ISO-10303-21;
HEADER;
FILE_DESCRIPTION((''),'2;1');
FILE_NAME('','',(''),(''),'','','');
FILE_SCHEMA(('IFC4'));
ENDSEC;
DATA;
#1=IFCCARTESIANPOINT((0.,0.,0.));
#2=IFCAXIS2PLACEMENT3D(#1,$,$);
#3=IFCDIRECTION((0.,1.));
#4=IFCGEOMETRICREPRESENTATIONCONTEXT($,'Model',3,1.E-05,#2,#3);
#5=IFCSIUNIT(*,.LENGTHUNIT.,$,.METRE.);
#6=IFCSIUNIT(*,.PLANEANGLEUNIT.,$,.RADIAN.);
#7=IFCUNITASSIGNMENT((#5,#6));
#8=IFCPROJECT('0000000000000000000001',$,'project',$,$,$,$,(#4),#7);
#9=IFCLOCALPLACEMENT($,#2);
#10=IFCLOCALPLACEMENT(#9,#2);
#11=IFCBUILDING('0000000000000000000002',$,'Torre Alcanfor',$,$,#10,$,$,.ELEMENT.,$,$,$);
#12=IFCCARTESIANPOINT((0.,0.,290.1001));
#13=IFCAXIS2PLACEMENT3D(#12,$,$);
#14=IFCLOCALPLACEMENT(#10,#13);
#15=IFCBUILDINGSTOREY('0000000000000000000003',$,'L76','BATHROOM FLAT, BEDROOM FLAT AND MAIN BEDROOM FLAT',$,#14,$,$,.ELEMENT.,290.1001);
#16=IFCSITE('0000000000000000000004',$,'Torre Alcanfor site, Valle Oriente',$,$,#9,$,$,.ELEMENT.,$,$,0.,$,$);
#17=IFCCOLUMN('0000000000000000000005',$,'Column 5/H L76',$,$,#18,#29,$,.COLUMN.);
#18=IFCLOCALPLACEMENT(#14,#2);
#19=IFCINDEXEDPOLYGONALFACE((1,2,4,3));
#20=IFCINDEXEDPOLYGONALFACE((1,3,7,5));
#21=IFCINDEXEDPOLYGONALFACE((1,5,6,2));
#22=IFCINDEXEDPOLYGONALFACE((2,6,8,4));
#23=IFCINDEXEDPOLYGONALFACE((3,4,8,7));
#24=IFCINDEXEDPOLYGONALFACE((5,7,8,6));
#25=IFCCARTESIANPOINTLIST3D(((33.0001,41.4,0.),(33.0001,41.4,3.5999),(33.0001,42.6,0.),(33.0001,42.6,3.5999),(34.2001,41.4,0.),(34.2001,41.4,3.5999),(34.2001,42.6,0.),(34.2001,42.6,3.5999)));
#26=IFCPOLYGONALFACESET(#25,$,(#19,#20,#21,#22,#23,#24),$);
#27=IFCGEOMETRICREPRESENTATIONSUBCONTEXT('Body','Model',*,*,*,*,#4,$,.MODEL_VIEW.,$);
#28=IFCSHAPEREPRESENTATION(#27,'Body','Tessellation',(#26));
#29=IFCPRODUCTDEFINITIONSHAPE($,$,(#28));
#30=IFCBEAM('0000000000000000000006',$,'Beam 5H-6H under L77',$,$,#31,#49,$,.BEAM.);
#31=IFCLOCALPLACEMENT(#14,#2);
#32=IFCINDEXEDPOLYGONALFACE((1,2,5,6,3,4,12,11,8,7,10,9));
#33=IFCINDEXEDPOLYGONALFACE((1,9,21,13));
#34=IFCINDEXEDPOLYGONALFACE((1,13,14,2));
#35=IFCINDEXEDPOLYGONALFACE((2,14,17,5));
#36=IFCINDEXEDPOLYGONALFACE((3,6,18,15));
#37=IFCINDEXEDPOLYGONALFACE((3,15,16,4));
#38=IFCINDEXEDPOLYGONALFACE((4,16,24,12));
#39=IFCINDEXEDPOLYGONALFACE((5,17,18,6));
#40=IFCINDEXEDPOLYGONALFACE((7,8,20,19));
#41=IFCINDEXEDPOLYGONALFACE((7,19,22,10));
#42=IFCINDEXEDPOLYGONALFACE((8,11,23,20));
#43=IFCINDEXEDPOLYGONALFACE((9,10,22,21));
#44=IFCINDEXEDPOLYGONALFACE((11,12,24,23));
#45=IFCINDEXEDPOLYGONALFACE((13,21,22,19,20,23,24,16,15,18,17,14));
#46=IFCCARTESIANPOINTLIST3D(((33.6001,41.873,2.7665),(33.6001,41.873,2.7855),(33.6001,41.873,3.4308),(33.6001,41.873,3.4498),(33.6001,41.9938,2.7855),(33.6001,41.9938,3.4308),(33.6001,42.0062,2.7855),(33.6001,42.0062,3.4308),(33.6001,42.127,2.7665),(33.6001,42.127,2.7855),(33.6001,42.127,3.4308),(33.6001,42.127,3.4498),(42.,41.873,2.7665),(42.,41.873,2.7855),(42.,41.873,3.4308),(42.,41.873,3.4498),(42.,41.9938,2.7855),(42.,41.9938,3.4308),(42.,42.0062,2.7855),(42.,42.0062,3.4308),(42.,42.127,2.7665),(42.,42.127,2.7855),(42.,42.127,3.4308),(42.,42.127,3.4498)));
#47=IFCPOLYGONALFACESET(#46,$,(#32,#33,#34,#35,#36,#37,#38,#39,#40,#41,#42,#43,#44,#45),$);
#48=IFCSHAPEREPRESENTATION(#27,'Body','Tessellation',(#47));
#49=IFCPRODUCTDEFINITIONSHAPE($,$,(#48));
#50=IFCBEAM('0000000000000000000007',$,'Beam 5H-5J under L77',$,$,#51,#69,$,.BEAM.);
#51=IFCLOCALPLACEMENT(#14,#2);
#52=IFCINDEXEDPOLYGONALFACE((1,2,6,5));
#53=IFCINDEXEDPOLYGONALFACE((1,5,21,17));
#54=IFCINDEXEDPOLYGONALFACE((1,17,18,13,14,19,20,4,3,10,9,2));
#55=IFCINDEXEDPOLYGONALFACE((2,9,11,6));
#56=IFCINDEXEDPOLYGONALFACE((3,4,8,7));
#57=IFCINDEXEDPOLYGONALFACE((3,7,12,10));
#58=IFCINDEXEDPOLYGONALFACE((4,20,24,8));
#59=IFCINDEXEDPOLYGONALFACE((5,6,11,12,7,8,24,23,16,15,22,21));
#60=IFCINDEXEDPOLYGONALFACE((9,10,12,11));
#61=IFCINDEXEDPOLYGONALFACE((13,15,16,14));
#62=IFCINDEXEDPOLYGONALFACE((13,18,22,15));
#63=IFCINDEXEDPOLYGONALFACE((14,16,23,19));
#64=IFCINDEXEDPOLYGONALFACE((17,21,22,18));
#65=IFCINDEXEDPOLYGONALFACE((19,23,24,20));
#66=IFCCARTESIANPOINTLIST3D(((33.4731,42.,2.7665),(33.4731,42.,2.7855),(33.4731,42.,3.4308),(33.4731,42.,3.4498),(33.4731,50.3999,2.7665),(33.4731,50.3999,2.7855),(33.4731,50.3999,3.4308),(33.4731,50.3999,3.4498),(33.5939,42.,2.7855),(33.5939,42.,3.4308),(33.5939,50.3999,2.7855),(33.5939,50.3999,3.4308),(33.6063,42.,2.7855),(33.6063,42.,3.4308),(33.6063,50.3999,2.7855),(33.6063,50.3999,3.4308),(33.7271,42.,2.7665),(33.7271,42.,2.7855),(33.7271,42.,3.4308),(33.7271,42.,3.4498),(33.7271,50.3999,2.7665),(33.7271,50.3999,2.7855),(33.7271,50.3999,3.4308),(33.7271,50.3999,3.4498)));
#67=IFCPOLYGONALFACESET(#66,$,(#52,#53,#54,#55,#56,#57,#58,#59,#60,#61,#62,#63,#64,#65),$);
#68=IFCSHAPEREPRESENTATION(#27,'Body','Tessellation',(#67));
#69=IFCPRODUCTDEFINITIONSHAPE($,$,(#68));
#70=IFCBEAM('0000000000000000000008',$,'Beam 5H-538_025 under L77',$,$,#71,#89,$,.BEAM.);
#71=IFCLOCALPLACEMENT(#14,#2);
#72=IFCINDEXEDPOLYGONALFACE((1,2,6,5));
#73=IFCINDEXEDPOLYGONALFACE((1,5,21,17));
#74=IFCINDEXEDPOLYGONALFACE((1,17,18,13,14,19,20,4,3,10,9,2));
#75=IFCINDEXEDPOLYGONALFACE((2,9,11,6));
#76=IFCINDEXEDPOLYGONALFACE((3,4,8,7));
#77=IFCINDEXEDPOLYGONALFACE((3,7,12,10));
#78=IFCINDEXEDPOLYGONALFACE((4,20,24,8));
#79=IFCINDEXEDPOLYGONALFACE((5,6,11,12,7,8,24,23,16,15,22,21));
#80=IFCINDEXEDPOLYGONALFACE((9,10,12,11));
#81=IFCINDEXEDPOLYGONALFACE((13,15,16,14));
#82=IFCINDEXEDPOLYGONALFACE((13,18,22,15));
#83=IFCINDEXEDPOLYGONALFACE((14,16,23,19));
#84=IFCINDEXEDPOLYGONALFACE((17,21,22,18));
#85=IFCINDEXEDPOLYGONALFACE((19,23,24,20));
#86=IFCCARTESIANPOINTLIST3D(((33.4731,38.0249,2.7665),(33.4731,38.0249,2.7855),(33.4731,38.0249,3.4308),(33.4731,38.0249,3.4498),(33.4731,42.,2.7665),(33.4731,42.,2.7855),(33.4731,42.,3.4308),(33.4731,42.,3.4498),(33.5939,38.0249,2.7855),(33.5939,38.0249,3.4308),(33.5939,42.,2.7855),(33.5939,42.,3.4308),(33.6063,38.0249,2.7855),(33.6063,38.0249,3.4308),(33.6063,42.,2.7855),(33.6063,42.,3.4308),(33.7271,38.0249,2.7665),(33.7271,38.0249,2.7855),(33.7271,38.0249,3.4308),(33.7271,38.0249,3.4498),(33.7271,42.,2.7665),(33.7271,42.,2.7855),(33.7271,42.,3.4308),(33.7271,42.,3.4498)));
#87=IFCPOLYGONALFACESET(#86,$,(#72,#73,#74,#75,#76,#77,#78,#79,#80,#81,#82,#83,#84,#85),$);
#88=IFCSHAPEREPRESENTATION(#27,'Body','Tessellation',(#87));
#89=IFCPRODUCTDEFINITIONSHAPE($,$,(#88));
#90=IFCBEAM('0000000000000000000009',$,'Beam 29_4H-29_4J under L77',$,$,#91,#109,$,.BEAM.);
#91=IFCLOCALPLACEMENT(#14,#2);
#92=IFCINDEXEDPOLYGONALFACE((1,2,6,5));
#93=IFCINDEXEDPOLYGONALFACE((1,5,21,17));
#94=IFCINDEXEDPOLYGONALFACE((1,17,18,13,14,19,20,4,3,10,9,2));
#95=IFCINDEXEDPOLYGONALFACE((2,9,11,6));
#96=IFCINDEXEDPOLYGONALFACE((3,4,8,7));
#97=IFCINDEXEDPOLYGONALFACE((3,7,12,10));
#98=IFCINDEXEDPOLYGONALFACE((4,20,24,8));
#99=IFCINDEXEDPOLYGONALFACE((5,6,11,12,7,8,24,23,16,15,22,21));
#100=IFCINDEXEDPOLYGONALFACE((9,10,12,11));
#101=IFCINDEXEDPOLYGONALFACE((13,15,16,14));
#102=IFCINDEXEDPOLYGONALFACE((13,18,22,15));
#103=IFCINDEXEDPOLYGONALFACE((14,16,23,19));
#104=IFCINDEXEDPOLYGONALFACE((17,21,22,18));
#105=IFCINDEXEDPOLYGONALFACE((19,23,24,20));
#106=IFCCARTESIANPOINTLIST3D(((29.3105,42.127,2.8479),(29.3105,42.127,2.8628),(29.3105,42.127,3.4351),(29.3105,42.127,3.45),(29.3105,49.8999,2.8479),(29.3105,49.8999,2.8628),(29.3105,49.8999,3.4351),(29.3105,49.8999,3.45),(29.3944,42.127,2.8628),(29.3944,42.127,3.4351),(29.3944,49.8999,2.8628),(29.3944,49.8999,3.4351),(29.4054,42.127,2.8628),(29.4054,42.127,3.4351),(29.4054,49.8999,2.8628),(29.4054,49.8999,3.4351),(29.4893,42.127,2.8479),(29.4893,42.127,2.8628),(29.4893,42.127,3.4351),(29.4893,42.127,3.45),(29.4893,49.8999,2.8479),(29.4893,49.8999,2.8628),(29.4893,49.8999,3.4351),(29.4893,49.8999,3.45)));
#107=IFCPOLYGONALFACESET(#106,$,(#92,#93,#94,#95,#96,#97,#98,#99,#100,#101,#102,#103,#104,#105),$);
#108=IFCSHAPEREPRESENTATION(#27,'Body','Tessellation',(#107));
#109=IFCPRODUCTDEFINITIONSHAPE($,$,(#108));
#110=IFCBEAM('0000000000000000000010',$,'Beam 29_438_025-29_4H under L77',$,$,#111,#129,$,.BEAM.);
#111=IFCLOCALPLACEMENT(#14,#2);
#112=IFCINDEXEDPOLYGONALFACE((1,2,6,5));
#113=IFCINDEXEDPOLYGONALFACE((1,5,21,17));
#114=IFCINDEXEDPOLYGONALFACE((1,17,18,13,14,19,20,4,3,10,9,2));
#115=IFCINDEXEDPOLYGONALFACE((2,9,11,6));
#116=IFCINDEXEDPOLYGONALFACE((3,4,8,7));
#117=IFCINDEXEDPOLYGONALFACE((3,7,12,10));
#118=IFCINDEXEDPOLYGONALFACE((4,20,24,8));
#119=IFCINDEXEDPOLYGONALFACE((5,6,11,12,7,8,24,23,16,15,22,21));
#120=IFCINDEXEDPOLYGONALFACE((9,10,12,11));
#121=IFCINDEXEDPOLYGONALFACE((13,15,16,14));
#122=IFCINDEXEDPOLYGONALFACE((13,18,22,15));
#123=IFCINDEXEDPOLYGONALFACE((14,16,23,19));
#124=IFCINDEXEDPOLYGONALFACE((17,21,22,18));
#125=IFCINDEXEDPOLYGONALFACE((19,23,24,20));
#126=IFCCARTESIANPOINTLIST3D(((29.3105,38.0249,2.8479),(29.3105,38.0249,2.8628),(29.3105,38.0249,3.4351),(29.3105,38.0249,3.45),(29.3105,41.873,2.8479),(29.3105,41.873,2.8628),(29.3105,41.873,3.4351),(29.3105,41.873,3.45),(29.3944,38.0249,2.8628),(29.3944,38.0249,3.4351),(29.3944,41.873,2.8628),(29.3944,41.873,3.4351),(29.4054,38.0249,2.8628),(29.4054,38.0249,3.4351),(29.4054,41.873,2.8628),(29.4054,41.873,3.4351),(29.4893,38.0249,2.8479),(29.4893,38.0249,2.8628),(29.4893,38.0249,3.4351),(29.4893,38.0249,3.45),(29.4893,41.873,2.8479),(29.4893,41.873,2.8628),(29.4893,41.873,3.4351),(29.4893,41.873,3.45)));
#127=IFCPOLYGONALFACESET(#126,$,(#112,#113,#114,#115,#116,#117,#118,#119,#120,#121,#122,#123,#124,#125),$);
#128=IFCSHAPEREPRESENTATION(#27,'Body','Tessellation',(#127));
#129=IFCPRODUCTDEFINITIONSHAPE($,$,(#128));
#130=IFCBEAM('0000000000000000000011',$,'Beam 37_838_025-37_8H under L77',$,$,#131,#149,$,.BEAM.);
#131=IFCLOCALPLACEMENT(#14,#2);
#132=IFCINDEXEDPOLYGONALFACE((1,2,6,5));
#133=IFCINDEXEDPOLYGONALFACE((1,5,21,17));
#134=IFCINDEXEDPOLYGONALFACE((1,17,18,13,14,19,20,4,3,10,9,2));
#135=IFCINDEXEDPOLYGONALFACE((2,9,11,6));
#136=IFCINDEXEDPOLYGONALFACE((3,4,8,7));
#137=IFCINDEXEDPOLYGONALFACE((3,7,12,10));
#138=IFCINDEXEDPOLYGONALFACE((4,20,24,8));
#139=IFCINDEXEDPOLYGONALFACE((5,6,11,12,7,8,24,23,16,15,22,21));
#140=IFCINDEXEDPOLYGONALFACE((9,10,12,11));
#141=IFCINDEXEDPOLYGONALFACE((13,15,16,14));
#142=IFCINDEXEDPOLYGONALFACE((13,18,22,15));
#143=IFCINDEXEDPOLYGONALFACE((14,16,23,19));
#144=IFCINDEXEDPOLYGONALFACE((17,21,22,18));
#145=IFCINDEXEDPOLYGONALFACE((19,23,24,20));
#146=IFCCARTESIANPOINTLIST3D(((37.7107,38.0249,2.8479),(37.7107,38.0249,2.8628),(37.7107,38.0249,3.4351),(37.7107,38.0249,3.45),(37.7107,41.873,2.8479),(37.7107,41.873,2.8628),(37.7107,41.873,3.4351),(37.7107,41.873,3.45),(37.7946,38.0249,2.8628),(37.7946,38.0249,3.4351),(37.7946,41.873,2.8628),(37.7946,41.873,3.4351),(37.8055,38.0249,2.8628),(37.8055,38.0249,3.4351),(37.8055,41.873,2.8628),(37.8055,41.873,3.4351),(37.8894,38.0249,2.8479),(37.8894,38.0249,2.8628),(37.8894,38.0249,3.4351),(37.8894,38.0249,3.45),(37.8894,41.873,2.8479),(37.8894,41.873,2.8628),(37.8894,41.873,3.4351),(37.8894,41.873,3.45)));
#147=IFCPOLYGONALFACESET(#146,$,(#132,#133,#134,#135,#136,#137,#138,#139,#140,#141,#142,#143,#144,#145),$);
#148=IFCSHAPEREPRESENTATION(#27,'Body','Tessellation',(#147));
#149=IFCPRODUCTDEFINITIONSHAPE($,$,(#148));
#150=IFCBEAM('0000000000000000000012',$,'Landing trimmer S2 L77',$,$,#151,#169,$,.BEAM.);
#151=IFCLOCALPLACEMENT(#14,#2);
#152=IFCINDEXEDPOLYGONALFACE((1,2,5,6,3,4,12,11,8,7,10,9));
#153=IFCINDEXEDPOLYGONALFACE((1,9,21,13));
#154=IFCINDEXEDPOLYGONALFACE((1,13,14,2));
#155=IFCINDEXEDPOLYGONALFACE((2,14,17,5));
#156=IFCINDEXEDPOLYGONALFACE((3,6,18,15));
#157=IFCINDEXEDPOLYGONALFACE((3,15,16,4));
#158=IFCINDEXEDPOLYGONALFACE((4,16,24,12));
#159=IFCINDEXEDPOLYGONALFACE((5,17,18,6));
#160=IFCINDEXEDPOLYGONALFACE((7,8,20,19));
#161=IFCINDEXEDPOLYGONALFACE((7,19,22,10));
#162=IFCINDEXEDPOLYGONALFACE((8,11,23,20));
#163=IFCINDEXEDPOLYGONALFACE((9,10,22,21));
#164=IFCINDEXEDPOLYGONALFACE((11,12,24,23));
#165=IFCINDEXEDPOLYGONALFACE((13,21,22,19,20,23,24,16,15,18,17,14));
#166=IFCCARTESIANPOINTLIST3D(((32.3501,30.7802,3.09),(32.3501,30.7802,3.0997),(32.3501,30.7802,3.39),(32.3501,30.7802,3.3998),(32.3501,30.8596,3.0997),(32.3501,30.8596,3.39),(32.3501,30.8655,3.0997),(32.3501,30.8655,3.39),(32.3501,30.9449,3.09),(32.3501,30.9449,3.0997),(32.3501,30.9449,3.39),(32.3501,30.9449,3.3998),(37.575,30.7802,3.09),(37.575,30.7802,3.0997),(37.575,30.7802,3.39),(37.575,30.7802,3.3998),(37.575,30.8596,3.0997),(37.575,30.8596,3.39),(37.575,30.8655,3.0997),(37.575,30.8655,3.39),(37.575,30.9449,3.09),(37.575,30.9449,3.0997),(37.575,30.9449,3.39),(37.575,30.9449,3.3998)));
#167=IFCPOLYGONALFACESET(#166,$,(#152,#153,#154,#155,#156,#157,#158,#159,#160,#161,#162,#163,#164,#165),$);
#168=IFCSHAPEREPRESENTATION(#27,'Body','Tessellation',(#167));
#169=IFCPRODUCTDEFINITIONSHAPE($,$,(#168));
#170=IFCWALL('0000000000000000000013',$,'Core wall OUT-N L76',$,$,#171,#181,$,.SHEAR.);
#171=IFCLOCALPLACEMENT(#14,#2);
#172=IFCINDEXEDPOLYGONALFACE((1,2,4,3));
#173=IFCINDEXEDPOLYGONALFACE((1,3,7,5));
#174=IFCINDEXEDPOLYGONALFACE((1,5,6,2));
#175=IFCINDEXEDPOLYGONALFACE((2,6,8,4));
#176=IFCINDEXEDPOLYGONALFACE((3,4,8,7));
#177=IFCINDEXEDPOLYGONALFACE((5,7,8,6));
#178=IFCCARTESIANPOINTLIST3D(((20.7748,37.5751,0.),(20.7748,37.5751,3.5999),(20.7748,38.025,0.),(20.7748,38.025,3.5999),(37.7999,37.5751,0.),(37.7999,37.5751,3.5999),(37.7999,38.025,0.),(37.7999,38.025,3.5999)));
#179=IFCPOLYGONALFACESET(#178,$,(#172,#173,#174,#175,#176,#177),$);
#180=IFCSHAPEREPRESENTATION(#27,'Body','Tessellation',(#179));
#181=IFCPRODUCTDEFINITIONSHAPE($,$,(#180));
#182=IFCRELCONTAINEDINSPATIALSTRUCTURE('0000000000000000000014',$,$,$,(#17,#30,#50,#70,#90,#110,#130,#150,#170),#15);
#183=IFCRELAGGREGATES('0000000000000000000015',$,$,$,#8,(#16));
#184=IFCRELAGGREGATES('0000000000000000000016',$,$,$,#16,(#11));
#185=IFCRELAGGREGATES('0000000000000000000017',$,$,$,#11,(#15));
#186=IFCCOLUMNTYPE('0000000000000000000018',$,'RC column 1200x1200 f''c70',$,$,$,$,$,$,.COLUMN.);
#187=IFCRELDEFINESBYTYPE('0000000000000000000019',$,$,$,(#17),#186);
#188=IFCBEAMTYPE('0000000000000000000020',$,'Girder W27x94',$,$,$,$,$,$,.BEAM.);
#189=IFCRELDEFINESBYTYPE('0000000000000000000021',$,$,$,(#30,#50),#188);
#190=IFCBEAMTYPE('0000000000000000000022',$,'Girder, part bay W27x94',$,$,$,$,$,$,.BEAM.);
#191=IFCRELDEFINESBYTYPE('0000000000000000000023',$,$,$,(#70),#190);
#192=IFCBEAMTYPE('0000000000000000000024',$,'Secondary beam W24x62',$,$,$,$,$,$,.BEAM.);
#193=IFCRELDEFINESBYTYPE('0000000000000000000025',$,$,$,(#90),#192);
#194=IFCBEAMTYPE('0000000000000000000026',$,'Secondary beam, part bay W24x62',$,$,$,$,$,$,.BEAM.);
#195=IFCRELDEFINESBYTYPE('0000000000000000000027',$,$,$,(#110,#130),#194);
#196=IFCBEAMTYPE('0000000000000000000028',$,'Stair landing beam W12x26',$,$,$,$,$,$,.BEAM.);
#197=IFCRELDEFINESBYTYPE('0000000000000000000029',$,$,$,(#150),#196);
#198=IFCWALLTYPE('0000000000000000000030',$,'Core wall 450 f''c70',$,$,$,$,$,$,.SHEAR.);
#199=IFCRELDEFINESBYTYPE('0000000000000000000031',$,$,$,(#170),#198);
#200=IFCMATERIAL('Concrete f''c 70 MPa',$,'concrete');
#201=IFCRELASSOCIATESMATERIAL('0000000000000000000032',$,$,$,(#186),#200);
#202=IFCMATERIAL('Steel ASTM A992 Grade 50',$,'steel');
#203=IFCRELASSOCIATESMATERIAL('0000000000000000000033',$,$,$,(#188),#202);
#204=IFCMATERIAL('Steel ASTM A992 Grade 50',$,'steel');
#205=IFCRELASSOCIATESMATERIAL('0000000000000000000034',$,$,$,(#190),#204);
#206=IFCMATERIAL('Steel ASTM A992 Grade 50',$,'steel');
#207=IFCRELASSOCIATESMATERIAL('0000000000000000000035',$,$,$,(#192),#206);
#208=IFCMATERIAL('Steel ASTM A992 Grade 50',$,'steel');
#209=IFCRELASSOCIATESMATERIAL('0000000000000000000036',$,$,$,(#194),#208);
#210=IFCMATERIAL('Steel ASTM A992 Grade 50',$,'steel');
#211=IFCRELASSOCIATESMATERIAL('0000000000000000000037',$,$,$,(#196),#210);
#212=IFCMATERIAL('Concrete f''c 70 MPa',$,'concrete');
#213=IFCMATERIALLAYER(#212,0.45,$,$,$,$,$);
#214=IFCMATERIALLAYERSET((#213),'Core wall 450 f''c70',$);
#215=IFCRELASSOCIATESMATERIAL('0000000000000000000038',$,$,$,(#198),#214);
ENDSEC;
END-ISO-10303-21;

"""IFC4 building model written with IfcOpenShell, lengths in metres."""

from ifc_helpers import new_model, si_unit, direction, frame, frame_2d, origin, origin_2d, place, context, subcontext, project, spatial, rectangle, i_section, extrude, material, layer, layer_set, material_profile, profile_set, type_object, element, save


model = new_model("IFC4")

# Units and contexts
model_context = context("Model", 3, precision=1e-05, world=origin(), true_north=direction((0.0, 1.0)))
body_context = subcontext(model_context, "Body", "Model", "MODEL_VIEW")
ifc_project = project(units=[si_unit("LENGTHUNIT", "METRE"), si_unit("PLANEANGLEUNIT", "RADIAN")], contexts=[model_context])

# Site, building, storey
site_placement = place(None, origin())
site = spatial("IfcSite", under=ifc_project, at=site_placement, Name="Torre Alcanfor site, Valle Oriente", CompositionType="ELEMENT", RefElevation=0.0)
building_placement = place(site_placement, origin())
building = spatial("IfcBuilding", under=site, at=building_placement, Name="Torre Alcanfor", CompositionType="ELEMENT")
storey_placement = place(building_placement, frame((0.0, 0.0, 290.1001)))
storey = spatial("IfcBuildingStorey", under=building, at=storey_placement, Name="L76", Description="BATHROOM FLAT, BEDROOM FLAT AND MAIN BEDROOM FLAT", CompositionType="ELEMENT", Elevation=290.1001)

# Column
ifc_material_1 = material(Name="Concrete f'c 70 MPa", Category="concrete")
ifc_material_profile_1 = material_profile(ifc_material_1, rectangle(XDim=1.2, YDim=1.2, at=origin_2d()), Name="1200x1200")
ifc_profile_set_1 = profile_set([ifc_material_profile_1], Name="Concrete f'c 70 MPa")
column_type = type_object("IfcColumnType", Name="RC column 1200x1200 f'c70", PredefinedType="COLUMN", material=ifc_profile_set_1)
column_placement = place(storey_placement, frame((33.6001, 42.0, 0.0), z_axis=(0.0, 0.0, 1.0), x_axis=(1.0, 0.0, 0.0)))
element("IfcColumn", 1, at=column_placement, inside=storey, type_object=column_type, Name="Column 5/H L76", PredefinedType="COLUMN", context=body_context, shape_type="SweptSolid", body=[
    extrude(rectangle(XDim=1.2, YDim=1.2, at=origin_2d()), origin(), (0.0, 0.0, 1.0), 3.5999),
])

# Beams
ifc_material_2 = material(Name="Steel ASTM A992 Grade 50", Category="steel")
ifc_material_profile_2 = material_profile(ifc_material_2, i_section(OverallWidth=0.2539, OverallDepth=0.6833, WebThickness=0.0125, FlangeThickness=0.019, at=origin_2d()), Name="W27x94")
ifc_profile_set_2 = profile_set([ifc_material_profile_2], Name="Steel ASTM A992 Grade 50")
beam_type_1 = type_object("IfcBeamType", Name="Girder W27x94", PredefinedType="BEAM", material=ifc_profile_set_2)
for number, where, z_axis, x_axis, name in (
    (2, (33.6001, 42.0, 3.1082), (1.0, 0.0, 0.0), (0.0, 1.0, 0.0), "Beam 5H-6H under L77"),
    (3, (33.6001, 42.0, 3.1082), (0.0, 1.0, 0.0), (-1.0, 0.0, 0.0), "Beam 5H-5J under L77"),
):
    element("IfcBeam", number, at=place(storey_placement, frame(where, z_axis=z_axis, x_axis=x_axis)), inside=storey, type_object=beam_type_1, Name=name, PredefinedType="BEAM", context=body_context, shape_type="SweptSolid", body=[
        extrude(i_section(OverallWidth=0.2539, OverallDepth=0.6833, WebThickness=0.0125, FlangeThickness=0.019, at=origin_2d()), origin(), (0.0, 0.0, 1.0), 8.3999),
    ])
ifc_material_3 = material(Name="Steel ASTM A992 Grade 50", Category="steel")
ifc_material_profile_3 = material_profile(ifc_material_3, i_section(OverallWidth=0.2539, OverallDepth=0.6833, WebThickness=0.0125, FlangeThickness=0.019, at=origin_2d()), Name="W27x94")
ifc_profile_set_3 = profile_set([ifc_material_profile_3], Name="Steel ASTM A992 Grade 50")
beam_type_2 = type_object("IfcBeamType", Name="Girder, part bay W27x94", PredefinedType="BEAM", material=ifc_profile_set_3)
beam_1_placement = place(storey_placement, frame((33.6001, 42.0, 3.1082), z_axis=(0.0, -1.0, 0.0), x_axis=(1.0, 0.0, 0.0)))
element("IfcBeam", 4, at=beam_1_placement, inside=storey, type_object=beam_type_2, Name="Beam 5H-538_025 under L77", PredefinedType="BEAM", context=body_context, shape_type="SweptSolid", body=[
    extrude(i_section(OverallWidth=0.2539, OverallDepth=0.6833, WebThickness=0.0125, FlangeThickness=0.019, at=origin_2d()), origin(), (0.0, 0.0, 1.0), 3.9751),
])
ifc_material_4 = material(Name="Steel ASTM A992 Grade 50", Category="steel")
ifc_material_profile_4 = material_profile(ifc_material_4, i_section(OverallWidth=0.1787, OverallDepth=0.6021, WebThickness=0.011, FlangeThickness=0.0149, at=origin_2d()), Name="W24x62")
ifc_profile_set_4 = profile_set([ifc_material_profile_4], Name="Steel ASTM A992 Grade 50")
beam_type_3 = type_object("IfcBeamType", Name="Secondary beam W24x62", PredefinedType="BEAM", material=ifc_profile_set_4)
beam_2_placement = place(storey_placement, frame((29.3999, 42.127, 3.1489), z_axis=(0.0, 1.0, 0.0), x_axis=(-1.0, 0.0, 0.0)))
element("IfcBeam", 5, at=beam_2_placement, inside=storey, type_object=beam_type_3, Name="Beam 29_4H-29_4J under L77", PredefinedType="BEAM", context=body_context, shape_type="SweptSolid", body=[
    extrude(i_section(OverallWidth=0.1787, OverallDepth=0.6021, WebThickness=0.011, FlangeThickness=0.0149, at=origin_2d()), origin(), (0.0, 0.0, 1.0), 7.7729),
])
ifc_material_5 = material(Name="Steel ASTM A992 Grade 50", Category="steel")
ifc_material_profile_5 = material_profile(ifc_material_5, i_section(OverallWidth=0.1787, OverallDepth=0.6021, WebThickness=0.011, FlangeThickness=0.0149, at=origin_2d()), Name="W24x62")
ifc_profile_set_5 = profile_set([ifc_material_profile_5], Name="Steel ASTM A992 Grade 50")
beam_type_4 = type_object("IfcBeamType", Name="Secondary beam, part bay W24x62", PredefinedType="BEAM", material=ifc_profile_set_5)
for number, where, z_axis, x_axis, name in (
    (6, (29.3999, 38.0249, 3.1489), (0.0, 1.0, 0.0), (-1.0, 0.0, 0.0), "Beam 29_438_025-29_4H under L77"),
    (7, (37.8, 38.0249, 3.1489), (0.0, 1.0, 0.0), (-1.0, 0.0, 0.0), "Beam 37_838_025-37_8H under L77"),
):
    element("IfcBeam", number, at=place(storey_placement, frame(where, z_axis=z_axis, x_axis=x_axis)), inside=storey, type_object=beam_type_4, Name=name, PredefinedType="BEAM", context=body_context, shape_type="SweptSolid", body=[
        extrude(i_section(OverallWidth=0.1787, OverallDepth=0.6021, WebThickness=0.011, FlangeThickness=0.0149, at=origin_2d()), origin(), (0.0, 0.0, 1.0), 3.8481),
    ])
ifc_material_6 = material(Name="Steel ASTM A992 Grade 50", Category="steel")
ifc_material_profile_6 = material_profile(ifc_material_6, i_section(OverallWidth=0.1648, OverallDepth=0.3098, WebThickness=0.0059, FlangeThickness=0.0098, at=origin_2d()), Name="W12x26")
ifc_profile_set_6 = profile_set([ifc_material_profile_6], Name="Steel ASTM A992 Grade 50")
beam_type_5 = type_object("IfcBeamType", Name="Stair landing beam W12x26", PredefinedType="BEAM", material=ifc_profile_set_6)
beam_3_placement = place(storey_placement, frame((32.3501, 30.8625, 3.2449), z_axis=(1.0, 0.0, 0.0), x_axis=(0.0, 1.0, 0.0)))
element("IfcBeam", 8, at=beam_3_placement, inside=storey, type_object=beam_type_5, Name="Landing trimmer S2 L77", PredefinedType="BEAM", context=body_context, shape_type="SweptSolid", body=[
    extrude(i_section(OverallWidth=0.1648, OverallDepth=0.3098, WebThickness=0.0059, FlangeThickness=0.0098, at=origin_2d()), origin(), (0.0, 0.0, 1.0), 5.2249),
])

# Wall
ifc_material_7 = material(Name="Concrete f'c 70 MPa", Category="concrete")
ifc_layer_1 = layer(ifc_material_7, 0.45)
ifc_layer_set_1 = layer_set([ifc_layer_1], Name="Core wall 450 f'c70")
wall_type_1 = type_object("IfcWallType", Name="Core wall 450 f'c70", PredefinedType="SHEAR", material=ifc_layer_set_1)
wall_1_placement = place(storey_placement, frame((37.8, 37.8, 0.0), z_axis=(0.0, 0.0, 1.0), x_axis=(-1.0, 0.0, 0.0)))
element("IfcWall", 9, at=wall_1_placement, inside=storey, type_object=wall_type_1, Name="Core wall OUT-N L76", PredefinedType="SHEAR", context=body_context, shape_type="SweptSolid", body=[
    extrude(rectangle(XDim=17.0251, YDim=0.45, at=frame_2d((8.5127, 0.0))), origin(), (0.0, 0.0, 1.0), 3.5999),
])

save(model, "model.ifc")
